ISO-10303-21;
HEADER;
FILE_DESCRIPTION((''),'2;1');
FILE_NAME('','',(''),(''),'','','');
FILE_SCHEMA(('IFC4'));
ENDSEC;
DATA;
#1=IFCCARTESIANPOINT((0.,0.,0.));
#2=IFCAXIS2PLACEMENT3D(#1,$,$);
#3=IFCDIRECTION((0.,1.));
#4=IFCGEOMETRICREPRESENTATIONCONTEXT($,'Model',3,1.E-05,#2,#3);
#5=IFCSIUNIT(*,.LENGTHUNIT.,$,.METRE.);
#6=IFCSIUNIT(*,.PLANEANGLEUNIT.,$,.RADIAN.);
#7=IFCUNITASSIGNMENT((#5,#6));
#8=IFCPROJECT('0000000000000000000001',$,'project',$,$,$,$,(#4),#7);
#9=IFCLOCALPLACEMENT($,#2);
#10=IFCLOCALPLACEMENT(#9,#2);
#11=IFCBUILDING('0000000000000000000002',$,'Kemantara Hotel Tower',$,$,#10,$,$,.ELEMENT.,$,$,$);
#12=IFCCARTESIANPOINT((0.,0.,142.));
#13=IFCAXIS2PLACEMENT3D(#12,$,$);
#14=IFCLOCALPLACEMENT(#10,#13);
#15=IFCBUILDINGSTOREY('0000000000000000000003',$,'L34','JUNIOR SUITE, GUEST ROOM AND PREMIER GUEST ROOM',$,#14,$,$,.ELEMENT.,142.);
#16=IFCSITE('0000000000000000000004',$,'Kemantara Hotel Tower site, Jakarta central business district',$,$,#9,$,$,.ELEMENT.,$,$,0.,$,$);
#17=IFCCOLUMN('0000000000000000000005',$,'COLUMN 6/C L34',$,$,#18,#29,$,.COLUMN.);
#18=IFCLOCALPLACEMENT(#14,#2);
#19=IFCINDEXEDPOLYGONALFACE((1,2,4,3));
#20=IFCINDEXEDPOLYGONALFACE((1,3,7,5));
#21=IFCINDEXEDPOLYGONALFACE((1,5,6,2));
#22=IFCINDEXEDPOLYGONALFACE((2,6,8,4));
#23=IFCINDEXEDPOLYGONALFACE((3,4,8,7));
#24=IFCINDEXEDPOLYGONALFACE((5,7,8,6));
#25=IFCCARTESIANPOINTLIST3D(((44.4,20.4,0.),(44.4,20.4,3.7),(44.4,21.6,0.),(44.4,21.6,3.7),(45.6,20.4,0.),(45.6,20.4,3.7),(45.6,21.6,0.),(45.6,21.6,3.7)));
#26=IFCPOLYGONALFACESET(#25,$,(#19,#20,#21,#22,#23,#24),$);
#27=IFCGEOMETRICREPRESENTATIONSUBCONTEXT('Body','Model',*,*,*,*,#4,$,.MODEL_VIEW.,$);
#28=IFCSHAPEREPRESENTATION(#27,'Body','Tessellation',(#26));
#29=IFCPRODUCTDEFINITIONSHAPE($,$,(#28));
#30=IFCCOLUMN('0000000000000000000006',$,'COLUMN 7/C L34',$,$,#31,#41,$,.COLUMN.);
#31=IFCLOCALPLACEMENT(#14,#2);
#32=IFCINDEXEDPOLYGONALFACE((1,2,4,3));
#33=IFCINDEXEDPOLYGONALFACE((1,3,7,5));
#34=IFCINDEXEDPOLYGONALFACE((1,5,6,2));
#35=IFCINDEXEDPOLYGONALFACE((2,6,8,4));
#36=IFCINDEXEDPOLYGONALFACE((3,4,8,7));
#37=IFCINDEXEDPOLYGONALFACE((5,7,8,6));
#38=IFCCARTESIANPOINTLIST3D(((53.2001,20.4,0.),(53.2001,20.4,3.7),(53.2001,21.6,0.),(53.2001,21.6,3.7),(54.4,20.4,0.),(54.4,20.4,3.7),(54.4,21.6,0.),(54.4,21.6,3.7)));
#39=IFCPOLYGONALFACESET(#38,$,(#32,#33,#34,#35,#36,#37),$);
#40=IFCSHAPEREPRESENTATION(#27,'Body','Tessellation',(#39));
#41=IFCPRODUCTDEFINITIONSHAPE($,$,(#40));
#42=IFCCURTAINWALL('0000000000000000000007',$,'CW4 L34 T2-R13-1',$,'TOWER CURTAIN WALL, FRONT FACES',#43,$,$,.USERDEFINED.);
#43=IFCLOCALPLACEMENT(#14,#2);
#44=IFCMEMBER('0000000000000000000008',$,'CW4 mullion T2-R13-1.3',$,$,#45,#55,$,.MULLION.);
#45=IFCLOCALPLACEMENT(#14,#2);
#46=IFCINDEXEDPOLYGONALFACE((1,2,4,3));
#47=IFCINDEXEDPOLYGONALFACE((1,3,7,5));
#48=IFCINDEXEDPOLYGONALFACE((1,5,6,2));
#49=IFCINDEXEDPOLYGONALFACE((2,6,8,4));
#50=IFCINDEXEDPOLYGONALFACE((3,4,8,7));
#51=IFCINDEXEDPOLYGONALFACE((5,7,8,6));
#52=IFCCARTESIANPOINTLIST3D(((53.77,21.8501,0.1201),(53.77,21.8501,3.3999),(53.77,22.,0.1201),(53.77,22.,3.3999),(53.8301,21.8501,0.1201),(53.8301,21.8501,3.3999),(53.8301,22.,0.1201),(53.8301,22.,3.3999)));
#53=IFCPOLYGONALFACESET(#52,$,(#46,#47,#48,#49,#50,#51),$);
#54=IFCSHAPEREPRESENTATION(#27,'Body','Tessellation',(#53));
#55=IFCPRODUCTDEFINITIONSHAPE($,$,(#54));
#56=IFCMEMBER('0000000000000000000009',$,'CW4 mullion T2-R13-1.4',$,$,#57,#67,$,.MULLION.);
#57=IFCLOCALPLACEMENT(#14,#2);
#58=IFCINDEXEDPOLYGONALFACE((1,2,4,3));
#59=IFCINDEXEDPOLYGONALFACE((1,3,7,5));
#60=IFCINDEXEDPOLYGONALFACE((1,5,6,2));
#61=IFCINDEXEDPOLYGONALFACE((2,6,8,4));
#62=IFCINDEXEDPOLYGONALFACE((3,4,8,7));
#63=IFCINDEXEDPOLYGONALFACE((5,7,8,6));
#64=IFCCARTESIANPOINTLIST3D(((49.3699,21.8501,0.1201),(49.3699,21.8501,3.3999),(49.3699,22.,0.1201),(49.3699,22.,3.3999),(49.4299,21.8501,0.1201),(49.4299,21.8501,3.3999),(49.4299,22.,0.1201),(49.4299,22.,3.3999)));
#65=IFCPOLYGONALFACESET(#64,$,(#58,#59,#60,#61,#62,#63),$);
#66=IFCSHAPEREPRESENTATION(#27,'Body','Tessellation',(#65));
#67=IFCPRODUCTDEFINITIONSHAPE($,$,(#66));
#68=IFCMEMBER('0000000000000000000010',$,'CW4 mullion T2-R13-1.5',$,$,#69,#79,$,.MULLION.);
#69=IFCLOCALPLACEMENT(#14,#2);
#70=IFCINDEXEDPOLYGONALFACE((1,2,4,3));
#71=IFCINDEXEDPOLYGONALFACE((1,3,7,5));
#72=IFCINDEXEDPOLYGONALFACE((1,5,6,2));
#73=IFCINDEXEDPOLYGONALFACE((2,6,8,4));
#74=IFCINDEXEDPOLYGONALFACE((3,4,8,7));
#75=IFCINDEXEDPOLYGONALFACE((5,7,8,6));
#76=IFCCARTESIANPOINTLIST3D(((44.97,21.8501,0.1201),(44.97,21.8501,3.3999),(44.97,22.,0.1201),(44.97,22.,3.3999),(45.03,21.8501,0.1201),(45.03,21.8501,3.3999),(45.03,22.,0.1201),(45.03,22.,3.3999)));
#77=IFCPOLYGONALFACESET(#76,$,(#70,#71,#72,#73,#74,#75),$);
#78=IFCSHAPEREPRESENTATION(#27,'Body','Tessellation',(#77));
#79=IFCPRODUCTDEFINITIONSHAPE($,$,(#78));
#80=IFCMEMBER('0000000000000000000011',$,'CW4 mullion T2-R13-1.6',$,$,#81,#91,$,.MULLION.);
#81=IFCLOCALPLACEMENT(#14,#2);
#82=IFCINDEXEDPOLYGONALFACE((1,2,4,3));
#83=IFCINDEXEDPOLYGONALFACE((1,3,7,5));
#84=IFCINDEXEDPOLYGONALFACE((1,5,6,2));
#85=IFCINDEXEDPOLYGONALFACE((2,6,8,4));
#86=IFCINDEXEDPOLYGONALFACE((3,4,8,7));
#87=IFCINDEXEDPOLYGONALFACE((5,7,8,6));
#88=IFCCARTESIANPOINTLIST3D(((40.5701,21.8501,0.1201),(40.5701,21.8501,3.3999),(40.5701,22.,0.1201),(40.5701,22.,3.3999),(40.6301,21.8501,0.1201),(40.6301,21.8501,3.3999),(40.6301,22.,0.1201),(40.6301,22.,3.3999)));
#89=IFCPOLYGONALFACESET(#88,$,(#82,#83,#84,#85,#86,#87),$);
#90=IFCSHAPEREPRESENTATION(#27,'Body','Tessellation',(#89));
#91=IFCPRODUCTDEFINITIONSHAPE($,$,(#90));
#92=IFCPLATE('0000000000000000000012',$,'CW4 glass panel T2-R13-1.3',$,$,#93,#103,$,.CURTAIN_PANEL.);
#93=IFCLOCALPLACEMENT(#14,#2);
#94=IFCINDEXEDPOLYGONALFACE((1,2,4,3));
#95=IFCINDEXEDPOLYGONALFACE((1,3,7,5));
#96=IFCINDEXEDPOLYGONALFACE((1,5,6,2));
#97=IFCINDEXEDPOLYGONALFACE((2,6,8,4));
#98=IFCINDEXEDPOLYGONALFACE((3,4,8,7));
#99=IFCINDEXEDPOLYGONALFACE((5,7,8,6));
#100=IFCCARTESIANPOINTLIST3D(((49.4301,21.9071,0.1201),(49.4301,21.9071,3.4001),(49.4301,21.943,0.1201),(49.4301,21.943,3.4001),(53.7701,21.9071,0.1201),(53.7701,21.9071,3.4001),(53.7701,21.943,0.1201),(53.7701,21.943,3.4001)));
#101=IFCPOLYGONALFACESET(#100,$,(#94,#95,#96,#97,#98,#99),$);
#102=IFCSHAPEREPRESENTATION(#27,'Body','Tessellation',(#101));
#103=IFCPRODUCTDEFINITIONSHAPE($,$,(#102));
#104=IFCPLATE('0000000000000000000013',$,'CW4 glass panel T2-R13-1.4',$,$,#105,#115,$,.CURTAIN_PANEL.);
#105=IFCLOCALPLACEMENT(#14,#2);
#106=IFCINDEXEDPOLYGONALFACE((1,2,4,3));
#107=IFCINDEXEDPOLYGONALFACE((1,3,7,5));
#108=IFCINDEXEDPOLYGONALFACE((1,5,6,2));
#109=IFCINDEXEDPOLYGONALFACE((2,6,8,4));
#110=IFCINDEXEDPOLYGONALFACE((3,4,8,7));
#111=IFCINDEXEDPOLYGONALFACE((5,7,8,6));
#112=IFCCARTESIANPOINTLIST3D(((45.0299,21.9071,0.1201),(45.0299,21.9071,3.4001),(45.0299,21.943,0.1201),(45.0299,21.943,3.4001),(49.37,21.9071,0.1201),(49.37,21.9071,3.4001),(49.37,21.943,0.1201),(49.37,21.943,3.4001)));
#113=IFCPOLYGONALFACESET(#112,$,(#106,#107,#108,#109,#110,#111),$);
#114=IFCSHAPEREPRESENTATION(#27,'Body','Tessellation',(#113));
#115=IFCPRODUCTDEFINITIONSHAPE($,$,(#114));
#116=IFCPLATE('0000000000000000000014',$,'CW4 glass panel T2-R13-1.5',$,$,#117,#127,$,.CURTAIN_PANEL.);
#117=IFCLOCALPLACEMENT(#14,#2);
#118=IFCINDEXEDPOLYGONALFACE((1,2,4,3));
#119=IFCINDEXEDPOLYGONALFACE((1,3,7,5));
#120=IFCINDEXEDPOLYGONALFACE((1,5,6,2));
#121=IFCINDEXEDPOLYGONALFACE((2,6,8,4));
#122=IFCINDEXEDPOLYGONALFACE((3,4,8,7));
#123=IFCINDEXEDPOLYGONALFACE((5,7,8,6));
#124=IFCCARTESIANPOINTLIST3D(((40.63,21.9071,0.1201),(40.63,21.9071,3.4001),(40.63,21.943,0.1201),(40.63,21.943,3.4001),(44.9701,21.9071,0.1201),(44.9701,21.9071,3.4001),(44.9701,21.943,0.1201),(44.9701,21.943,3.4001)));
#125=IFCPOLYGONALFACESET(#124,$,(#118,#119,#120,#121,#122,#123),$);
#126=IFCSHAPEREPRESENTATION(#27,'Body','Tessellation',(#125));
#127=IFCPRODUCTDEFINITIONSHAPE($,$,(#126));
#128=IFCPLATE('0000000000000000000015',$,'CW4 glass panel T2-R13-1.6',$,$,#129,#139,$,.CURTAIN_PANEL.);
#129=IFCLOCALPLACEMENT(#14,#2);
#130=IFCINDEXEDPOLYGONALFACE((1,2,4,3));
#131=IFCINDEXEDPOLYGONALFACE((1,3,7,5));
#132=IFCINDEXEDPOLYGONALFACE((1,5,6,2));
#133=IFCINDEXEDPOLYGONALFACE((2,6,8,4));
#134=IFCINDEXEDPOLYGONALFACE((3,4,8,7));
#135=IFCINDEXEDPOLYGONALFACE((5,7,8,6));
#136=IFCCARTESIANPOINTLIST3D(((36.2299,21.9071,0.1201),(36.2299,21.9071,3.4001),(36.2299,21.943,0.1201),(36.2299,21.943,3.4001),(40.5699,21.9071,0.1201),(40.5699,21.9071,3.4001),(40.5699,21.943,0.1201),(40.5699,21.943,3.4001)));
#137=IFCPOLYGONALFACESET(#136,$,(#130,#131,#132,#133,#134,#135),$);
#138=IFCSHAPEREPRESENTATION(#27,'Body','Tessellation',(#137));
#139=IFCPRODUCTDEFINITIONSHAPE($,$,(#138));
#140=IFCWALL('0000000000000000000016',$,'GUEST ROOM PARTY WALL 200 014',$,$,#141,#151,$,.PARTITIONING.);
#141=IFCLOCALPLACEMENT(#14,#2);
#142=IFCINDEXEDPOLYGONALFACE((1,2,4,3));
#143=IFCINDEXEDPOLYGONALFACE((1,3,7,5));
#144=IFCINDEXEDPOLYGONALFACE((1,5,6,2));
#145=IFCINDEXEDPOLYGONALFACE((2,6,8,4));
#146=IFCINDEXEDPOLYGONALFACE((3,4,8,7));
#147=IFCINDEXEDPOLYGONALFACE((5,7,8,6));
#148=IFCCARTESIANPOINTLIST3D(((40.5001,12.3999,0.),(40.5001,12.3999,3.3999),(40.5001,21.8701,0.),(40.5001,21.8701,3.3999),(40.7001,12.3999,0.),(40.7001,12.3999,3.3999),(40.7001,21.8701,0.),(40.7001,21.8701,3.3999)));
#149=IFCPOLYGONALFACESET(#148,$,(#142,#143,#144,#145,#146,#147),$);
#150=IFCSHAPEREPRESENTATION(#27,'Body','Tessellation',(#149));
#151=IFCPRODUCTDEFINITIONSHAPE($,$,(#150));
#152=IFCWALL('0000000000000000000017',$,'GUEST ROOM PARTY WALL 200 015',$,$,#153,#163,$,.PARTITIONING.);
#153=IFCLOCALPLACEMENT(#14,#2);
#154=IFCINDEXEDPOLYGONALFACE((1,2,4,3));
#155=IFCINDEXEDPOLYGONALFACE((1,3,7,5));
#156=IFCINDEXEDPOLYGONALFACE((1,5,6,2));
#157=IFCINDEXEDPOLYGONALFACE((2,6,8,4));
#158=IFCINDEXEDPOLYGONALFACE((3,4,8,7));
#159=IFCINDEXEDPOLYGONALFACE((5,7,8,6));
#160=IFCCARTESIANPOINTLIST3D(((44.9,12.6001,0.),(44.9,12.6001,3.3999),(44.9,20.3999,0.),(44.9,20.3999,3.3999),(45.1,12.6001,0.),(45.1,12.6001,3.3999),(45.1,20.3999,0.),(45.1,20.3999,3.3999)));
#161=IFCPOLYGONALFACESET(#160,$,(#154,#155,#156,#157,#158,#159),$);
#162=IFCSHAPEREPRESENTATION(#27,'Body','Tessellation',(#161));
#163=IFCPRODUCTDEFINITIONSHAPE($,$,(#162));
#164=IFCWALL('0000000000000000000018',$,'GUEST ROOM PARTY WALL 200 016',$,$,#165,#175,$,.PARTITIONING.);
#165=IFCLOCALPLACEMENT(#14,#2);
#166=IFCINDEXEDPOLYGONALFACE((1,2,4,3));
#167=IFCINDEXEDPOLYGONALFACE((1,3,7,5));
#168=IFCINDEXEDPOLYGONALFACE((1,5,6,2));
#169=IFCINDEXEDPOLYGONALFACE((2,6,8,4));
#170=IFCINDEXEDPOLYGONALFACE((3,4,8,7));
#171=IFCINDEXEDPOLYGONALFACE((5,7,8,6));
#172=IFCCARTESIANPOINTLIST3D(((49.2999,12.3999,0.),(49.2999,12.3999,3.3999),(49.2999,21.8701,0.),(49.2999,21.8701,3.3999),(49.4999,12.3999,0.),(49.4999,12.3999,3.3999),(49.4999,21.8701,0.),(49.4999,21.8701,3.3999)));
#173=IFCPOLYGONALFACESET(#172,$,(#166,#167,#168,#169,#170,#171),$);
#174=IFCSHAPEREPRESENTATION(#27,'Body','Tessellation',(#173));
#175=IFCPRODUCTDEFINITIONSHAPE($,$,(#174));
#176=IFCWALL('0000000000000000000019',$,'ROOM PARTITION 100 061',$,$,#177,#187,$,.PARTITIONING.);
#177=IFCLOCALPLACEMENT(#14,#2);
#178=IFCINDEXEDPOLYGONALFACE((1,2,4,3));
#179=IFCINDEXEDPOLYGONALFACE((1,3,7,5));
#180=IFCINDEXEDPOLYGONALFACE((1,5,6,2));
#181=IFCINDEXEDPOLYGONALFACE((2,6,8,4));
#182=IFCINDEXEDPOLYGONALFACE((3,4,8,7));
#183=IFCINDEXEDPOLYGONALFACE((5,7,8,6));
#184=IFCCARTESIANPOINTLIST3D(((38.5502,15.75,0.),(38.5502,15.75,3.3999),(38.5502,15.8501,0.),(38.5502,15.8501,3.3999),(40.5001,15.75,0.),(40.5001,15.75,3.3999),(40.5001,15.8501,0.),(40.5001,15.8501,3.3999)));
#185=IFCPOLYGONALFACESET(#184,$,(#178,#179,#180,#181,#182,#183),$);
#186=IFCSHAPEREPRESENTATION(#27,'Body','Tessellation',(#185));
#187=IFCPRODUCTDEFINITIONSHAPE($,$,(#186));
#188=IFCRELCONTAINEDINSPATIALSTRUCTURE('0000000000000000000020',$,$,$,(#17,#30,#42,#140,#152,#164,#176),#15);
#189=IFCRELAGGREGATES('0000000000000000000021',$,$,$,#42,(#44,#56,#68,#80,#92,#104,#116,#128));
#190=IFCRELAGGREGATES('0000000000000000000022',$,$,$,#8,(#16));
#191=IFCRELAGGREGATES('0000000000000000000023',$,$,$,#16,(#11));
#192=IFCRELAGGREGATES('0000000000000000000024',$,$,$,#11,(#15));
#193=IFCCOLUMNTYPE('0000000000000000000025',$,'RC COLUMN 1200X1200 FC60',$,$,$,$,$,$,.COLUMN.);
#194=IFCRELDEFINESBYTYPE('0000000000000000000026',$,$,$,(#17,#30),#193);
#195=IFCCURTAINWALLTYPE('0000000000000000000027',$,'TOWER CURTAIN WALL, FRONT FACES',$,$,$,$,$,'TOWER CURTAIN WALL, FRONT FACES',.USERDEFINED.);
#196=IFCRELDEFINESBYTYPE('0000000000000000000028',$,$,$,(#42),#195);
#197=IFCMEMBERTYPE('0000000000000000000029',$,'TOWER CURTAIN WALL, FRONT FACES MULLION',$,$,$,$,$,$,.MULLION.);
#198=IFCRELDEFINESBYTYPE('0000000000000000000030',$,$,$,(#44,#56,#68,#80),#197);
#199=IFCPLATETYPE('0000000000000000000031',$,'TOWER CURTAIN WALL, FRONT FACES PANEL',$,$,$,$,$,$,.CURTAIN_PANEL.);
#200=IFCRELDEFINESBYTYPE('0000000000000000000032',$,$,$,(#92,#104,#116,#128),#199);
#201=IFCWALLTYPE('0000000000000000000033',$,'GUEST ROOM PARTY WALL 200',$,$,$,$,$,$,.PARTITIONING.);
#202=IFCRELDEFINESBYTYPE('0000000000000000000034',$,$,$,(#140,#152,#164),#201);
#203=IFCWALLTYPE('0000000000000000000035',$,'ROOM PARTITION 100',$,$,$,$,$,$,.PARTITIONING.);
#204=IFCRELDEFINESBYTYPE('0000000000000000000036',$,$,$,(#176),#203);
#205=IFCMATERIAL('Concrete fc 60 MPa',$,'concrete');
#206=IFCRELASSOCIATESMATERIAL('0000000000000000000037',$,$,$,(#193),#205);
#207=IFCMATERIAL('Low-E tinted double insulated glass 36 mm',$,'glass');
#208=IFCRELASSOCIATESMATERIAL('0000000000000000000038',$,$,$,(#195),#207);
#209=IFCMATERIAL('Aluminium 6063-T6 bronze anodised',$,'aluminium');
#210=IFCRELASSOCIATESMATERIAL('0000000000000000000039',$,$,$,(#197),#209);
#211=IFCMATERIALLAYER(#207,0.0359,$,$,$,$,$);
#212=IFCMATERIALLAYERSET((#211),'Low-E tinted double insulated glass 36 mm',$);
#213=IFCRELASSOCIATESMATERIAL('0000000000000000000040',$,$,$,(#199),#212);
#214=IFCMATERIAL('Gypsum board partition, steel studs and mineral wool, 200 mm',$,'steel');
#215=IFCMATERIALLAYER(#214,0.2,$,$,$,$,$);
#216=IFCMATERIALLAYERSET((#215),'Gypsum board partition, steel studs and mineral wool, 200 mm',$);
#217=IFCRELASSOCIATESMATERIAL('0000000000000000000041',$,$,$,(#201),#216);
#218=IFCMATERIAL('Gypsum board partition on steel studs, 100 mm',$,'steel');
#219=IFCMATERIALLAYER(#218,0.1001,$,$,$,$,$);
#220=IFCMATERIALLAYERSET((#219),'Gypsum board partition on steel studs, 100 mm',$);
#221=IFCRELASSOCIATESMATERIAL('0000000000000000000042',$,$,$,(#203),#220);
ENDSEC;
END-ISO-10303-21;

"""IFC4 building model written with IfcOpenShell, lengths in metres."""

from ifc_helpers import new_model, si_unit, direction, frame, frame_2d, origin, origin_2d, place, context, subcontext, project, spatial, rectangle, extrude, source, transform, mapped, material, layer, layer_set, material_profile, profile_set, type_object, element, aggregate, save


model = new_model("IFC4")

# Units and contexts
model_context = context("Model", 3, precision=1e-05, world=origin(), true_north=direction((0.0, 1.0)))
body_context = subcontext(model_context, "Body", "Model", "MODEL_VIEW")
ifc_project = project(units=[si_unit("LENGTHUNIT", "METRE"), si_unit("PLANEANGLEUNIT", "RADIAN")], contexts=[model_context])

# Site, building, storey
site_placement = place(None, origin())
site = spatial("IfcSite", under=ifc_project, at=site_placement, Name="Kemantara Hotel Tower site, Jakarta central business district", CompositionType="ELEMENT", RefElevation=0.0)
building_placement = place(site_placement, origin())
building = spatial("IfcBuilding", under=site, at=building_placement, Name="Kemantara Hotel Tower", CompositionType="ELEMENT")
storey_placement = place(building_placement, frame((0.0, 0.0, 142.0)))
storey = spatial("IfcBuildingStorey", under=building, at=storey_placement, Name="L34", Description="JUNIOR SUITE, GUEST ROOM AND PREMIER GUEST ROOM", CompositionType="ELEMENT", Elevation=142.0)

# Columns
ifc_material_1 = material(Name="Concrete fc 60 MPa", Category="concrete")
ifc_material_profile_1 = material_profile(ifc_material_1, rectangle(XDim=1.2, YDim=1.2, at=origin_2d()), Name="RC 1200X1200")
ifc_profile_set_1 = profile_set([ifc_material_profile_1], Name="Concrete fc 60 MPa")
column_type = type_object("IfcColumnType", Name="RC COLUMN 1200X1200 FC60", PredefinedType="COLUMN", material=ifc_profile_set_1)
for number, where, z_axis, x_axis, name in (
    (1, (45.0, 21.0, 0.0), (0.0, 0.0, 1.0), (1.0, 0.0, 0.0), "COLUMN 6/C L34"),
    (2, (53.8, 21.0, 0.0), (0.0, 0.0, 1.0), (1.0, 0.0, 0.0), "COLUMN 7/C L34"),
):
    element("IfcColumn", number, at=place(storey_placement, frame(where, z_axis=z_axis, x_axis=x_axis)), inside=storey, type_object=column_type, Name=name, PredefinedType="COLUMN", context=body_context, shape_type="SweptSolid", body=[
        extrude(rectangle(XDim=1.2, YDim=1.2, at=origin_2d()), origin(), (0.0, 0.0, 1.0), 3.7),
    ])

# Curtain wall, members, plates
ifc_material_2 = material(Name="Low-E tinted double insulated glass 36 mm", Category="glass")
curtain_wall_type = type_object("IfcCurtainWallType", Name="TOWER CURTAIN WALL, FRONT FACES", ElementType="TOWER CURTAIN WALL, FRONT FACES", PredefinedType="USERDEFINED", material=ifc_material_2)
curtain_wall_placement = place(storey_placement, origin())
curtain_wall = element("IfcCurtainWall", 3, at=curtain_wall_placement, inside=storey, type_object=curtain_wall_type, Name="CW4 L34 T2-R13-1", ObjectType="TOWER CURTAIN WALL, FRONT FACES", PredefinedType="USERDEFINED")
ifc_material_3 = material(Name="Aluminium 6063-T6 bronze anodised", Category="aluminium")
ifc_material_profile_2 = material_profile(ifc_material_3, rectangle(XDim=0.1499, YDim=0.0601, at=origin_2d()), Name="TOWER CURTAIN WALL, FRONT FACES MULLION")
ifc_profile_set_2 = profile_set([ifc_material_profile_2], Name="Aluminium 6063-T6 bronze anodised")
member_type = type_object("IfcMemberType", Name="TOWER CURTAIN WALL, FRONT FACES MULLION", PredefinedType="MULLION", material=ifc_profile_set_2)
shared_shape_1 = source(origin(), body_context, "Body", "SweptSolid", [
    extrude(rectangle(XDim=0.1499, YDim=0.0601, at=origin_2d()), origin(), (0.0, 0.0, 1.0), 3.2798),
])
member_1_placement = place(storey_placement, frame((53.8, 21.925, 0.1201), z_axis=(0.0, 0.0, 1.0), x_axis=(0.0, -1.0, 0.0)))
member_1 = element("IfcMember", 4, at=member_1_placement, type_object=member_type, Name="CW4 mullion T2-R13-1.3", PredefinedType="MULLION", context=body_context, shape_type="MappedRepresentation", body=[
    mapped(shared_shape_1, transform((0.0, 0.0, 0.0))),
])
member_2_placement = place(storey_placement, frame((49.3999, 21.925, 0.1201), z_axis=(0.0, 0.0, 1.0), x_axis=(0.0, -1.0, 0.0)))
member_2 = element("IfcMember", 5, at=member_2_placement, type_object=member_type, Name="CW4 mullion T2-R13-1.4", PredefinedType="MULLION", context=body_context, shape_type="MappedRepresentation", body=[
    mapped(shared_shape_1, transform((0.0, 0.0, 0.0))),
])
member_3_placement = place(storey_placement, frame((45.0, 21.925, 0.1201), z_axis=(0.0, 0.0, 1.0), x_axis=(0.0, -1.0, 0.0)))
member_3 = element("IfcMember", 6, at=member_3_placement, type_object=member_type, Name="CW4 mullion T2-R13-1.5", PredefinedType="MULLION", context=body_context, shape_type="MappedRepresentation", body=[
    mapped(shared_shape_1, transform((0.0, 0.0, 0.0))),
])
member_4_placement = place(storey_placement, frame((40.6001, 21.925, 0.1201), z_axis=(0.0, 0.0, 1.0), x_axis=(0.0, -1.0, 0.0)))
member_4 = element("IfcMember", 7, at=member_4_placement, type_object=member_type, Name="CW4 mullion T2-R13-1.6", PredefinedType="MULLION", context=body_context, shape_type="MappedRepresentation", body=[
    mapped(shared_shape_1, transform((0.0, 0.0, 0.0))),
])
ifc_layer_1 = layer(ifc_material_2, 0.0359)
ifc_layer_set_1 = layer_set([ifc_layer_1], Name="Low-E tinted double insulated glass 36 mm")
plate_type = type_object("IfcPlateType", Name="TOWER CURTAIN WALL, FRONT FACES PANEL", PredefinedType="CURTAIN_PANEL", material=ifc_layer_set_1)
shared_shape_2 = source(origin(), body_context, "Body", "SweptSolid", [
    extrude(rectangle(XDim=4.3401, YDim=0.0359, at=origin_2d()), origin(), (0.0, 0.0, 1.0), 3.28),
])
plate_1_placement = place(storey_placement, frame((51.6001, 21.925, 0.1201), z_axis=(0.0, 0.0, 1.0), x_axis=(-1.0, 0.0, 0.0)))
plate_1 = element("IfcPlate", 8, at=plate_1_placement, type_object=plate_type, Name="CW4 glass panel T2-R13-1.3", PredefinedType="CURTAIN_PANEL", context=body_context, shape_type="MappedRepresentation", body=[
    mapped(shared_shape_2, transform((0.0, 0.0, 0.0))),
])
plate_2_placement = place(storey_placement, frame((47.2, 21.925, 0.1201), z_axis=(0.0, 0.0, 1.0), x_axis=(-1.0, 0.0, 0.0)))
plate_2 = element("IfcPlate", 9, at=plate_2_placement, type_object=plate_type, Name="CW4 glass panel T2-R13-1.4", PredefinedType="CURTAIN_PANEL", context=body_context, shape_type="MappedRepresentation", body=[
    mapped(shared_shape_2, transform((0.0, 0.0, 0.0))),
])
plate_3_placement = place(storey_placement, frame((42.8, 21.925, 0.1201), z_axis=(0.0, 0.0, 1.0), x_axis=(-1.0, 0.0, 0.0)))
plate_3 = element("IfcPlate", 10, at=plate_3_placement, type_object=plate_type, Name="CW4 glass panel T2-R13-1.5", PredefinedType="CURTAIN_PANEL", context=body_context, shape_type="MappedRepresentation", body=[
    mapped(shared_shape_2, transform((0.0, 0.0, 0.0))),
])
plate_4_placement = place(storey_placement, frame((38.3999, 21.925, 0.1201), z_axis=(0.0, 0.0, 1.0), x_axis=(-1.0, 0.0, 0.0)))
plate_4 = element("IfcPlate", 11, at=plate_4_placement, type_object=plate_type, Name="CW4 glass panel T2-R13-1.6", PredefinedType="CURTAIN_PANEL", context=body_context, shape_type="MappedRepresentation", body=[
    mapped(shared_shape_2, transform((0.0, 0.0, 0.0))),
])
aggregate(curtain_wall, [member_1, member_2, member_3, member_4, plate_1, plate_2, plate_3, plate_4])

# Walls
ifc_material_4 = material(Name="Gypsum board partition, steel studs and mineral wool, 200 mm", Category="steel")
ifc_layer_2 = layer(ifc_material_4, 0.2)
ifc_layer_set_2 = layer_set([ifc_layer_2], Name="Gypsum board partition, steel studs and mineral wool, 200 mm")
wall_type_1 = type_object("IfcWallType", Name="GUEST ROOM PARTY WALL 200", PredefinedType="PARTITIONING", material=ifc_layer_set_2)
wall_1_placement = place(storey_placement, frame((40.6001, 12.3999, 0.0), z_axis=(0.0, 0.0, 1.0), x_axis=(0.0, 1.0, 0.0)))
element("IfcWall", 12, at=wall_1_placement, inside=storey, type_object=wall_type_1, Name="GUEST ROOM PARTY WALL 200 014", PredefinedType="PARTITIONING", context=body_context, shape_type="SweptSolid", body=[
    extrude(rectangle(XDim=9.4702, YDim=0.2, at=frame_2d((4.7351, 0.0))), origin(), (0.0, 0.0, 1.0), 3.3999),
])
wall_2_placement = place(storey_placement, frame((45.0, 12.6001, 0.0), z_axis=(0.0, 0.0, 1.0), x_axis=(0.0, 1.0, 0.0)))
element("IfcWall", 13, at=wall_2_placement, inside=storey, type_object=wall_type_1, Name="GUEST ROOM PARTY WALL 200 015", PredefinedType="PARTITIONING", context=body_context, shape_type="SweptSolid", body=[
    extrude(rectangle(XDim=7.7998, YDim=0.2, at=frame_2d((3.8999, 0.0))), origin(), (0.0, 0.0, 1.0), 3.3999),
])
wall_3_placement = place(storey_placement, frame((49.3999, 12.3999, 0.0), z_axis=(0.0, 0.0, 1.0), x_axis=(0.0, 1.0, 0.0)))
element("IfcWall", 14, at=wall_3_placement, inside=storey, type_object=wall_type_1, Name="GUEST ROOM PARTY WALL 200 016", PredefinedType="PARTITIONING", context=body_context, shape_type="SweptSolid", body=[
    extrude(rectangle(XDim=9.4702, YDim=0.2, at=frame_2d((4.7351, 0.0))), origin(), (0.0, 0.0, 1.0), 3.3999),
])
ifc_material_5 = material(Name="Gypsum board partition on steel studs, 100 mm", Category="steel")
ifc_layer_3 = layer(ifc_material_5, 0.1001)
ifc_layer_set_3 = layer_set([ifc_layer_3], Name="Gypsum board partition on steel studs, 100 mm")
wall_type_2 = type_object("IfcWallType", Name="ROOM PARTITION 100", PredefinedType="PARTITIONING", material=ifc_layer_set_3)
for number, where, z_axis, x_axis, name in (
    (15, (38.55, 15.8, 0.0), (0.0, 0.0, 1.0), (1.0, 0.0, 0.0), "ROOM PARTITION 100 061"),
):
    element("IfcWall", number, at=place(storey_placement, frame(where, z_axis=z_axis, x_axis=x_axis)), inside=storey, type_object=wall_type_2, Name=name, PredefinedType="PARTITIONING", context=body_context, shape_type="SweptSolid", body=[
        extrude(rectangle(XDim=1.95, YDim=0.1001, at=frame_2d((0.9751, 0.0))), origin(), (0.0, 0.0, 1.0), 3.3999),
    ])

save(model, "model.ifc")
